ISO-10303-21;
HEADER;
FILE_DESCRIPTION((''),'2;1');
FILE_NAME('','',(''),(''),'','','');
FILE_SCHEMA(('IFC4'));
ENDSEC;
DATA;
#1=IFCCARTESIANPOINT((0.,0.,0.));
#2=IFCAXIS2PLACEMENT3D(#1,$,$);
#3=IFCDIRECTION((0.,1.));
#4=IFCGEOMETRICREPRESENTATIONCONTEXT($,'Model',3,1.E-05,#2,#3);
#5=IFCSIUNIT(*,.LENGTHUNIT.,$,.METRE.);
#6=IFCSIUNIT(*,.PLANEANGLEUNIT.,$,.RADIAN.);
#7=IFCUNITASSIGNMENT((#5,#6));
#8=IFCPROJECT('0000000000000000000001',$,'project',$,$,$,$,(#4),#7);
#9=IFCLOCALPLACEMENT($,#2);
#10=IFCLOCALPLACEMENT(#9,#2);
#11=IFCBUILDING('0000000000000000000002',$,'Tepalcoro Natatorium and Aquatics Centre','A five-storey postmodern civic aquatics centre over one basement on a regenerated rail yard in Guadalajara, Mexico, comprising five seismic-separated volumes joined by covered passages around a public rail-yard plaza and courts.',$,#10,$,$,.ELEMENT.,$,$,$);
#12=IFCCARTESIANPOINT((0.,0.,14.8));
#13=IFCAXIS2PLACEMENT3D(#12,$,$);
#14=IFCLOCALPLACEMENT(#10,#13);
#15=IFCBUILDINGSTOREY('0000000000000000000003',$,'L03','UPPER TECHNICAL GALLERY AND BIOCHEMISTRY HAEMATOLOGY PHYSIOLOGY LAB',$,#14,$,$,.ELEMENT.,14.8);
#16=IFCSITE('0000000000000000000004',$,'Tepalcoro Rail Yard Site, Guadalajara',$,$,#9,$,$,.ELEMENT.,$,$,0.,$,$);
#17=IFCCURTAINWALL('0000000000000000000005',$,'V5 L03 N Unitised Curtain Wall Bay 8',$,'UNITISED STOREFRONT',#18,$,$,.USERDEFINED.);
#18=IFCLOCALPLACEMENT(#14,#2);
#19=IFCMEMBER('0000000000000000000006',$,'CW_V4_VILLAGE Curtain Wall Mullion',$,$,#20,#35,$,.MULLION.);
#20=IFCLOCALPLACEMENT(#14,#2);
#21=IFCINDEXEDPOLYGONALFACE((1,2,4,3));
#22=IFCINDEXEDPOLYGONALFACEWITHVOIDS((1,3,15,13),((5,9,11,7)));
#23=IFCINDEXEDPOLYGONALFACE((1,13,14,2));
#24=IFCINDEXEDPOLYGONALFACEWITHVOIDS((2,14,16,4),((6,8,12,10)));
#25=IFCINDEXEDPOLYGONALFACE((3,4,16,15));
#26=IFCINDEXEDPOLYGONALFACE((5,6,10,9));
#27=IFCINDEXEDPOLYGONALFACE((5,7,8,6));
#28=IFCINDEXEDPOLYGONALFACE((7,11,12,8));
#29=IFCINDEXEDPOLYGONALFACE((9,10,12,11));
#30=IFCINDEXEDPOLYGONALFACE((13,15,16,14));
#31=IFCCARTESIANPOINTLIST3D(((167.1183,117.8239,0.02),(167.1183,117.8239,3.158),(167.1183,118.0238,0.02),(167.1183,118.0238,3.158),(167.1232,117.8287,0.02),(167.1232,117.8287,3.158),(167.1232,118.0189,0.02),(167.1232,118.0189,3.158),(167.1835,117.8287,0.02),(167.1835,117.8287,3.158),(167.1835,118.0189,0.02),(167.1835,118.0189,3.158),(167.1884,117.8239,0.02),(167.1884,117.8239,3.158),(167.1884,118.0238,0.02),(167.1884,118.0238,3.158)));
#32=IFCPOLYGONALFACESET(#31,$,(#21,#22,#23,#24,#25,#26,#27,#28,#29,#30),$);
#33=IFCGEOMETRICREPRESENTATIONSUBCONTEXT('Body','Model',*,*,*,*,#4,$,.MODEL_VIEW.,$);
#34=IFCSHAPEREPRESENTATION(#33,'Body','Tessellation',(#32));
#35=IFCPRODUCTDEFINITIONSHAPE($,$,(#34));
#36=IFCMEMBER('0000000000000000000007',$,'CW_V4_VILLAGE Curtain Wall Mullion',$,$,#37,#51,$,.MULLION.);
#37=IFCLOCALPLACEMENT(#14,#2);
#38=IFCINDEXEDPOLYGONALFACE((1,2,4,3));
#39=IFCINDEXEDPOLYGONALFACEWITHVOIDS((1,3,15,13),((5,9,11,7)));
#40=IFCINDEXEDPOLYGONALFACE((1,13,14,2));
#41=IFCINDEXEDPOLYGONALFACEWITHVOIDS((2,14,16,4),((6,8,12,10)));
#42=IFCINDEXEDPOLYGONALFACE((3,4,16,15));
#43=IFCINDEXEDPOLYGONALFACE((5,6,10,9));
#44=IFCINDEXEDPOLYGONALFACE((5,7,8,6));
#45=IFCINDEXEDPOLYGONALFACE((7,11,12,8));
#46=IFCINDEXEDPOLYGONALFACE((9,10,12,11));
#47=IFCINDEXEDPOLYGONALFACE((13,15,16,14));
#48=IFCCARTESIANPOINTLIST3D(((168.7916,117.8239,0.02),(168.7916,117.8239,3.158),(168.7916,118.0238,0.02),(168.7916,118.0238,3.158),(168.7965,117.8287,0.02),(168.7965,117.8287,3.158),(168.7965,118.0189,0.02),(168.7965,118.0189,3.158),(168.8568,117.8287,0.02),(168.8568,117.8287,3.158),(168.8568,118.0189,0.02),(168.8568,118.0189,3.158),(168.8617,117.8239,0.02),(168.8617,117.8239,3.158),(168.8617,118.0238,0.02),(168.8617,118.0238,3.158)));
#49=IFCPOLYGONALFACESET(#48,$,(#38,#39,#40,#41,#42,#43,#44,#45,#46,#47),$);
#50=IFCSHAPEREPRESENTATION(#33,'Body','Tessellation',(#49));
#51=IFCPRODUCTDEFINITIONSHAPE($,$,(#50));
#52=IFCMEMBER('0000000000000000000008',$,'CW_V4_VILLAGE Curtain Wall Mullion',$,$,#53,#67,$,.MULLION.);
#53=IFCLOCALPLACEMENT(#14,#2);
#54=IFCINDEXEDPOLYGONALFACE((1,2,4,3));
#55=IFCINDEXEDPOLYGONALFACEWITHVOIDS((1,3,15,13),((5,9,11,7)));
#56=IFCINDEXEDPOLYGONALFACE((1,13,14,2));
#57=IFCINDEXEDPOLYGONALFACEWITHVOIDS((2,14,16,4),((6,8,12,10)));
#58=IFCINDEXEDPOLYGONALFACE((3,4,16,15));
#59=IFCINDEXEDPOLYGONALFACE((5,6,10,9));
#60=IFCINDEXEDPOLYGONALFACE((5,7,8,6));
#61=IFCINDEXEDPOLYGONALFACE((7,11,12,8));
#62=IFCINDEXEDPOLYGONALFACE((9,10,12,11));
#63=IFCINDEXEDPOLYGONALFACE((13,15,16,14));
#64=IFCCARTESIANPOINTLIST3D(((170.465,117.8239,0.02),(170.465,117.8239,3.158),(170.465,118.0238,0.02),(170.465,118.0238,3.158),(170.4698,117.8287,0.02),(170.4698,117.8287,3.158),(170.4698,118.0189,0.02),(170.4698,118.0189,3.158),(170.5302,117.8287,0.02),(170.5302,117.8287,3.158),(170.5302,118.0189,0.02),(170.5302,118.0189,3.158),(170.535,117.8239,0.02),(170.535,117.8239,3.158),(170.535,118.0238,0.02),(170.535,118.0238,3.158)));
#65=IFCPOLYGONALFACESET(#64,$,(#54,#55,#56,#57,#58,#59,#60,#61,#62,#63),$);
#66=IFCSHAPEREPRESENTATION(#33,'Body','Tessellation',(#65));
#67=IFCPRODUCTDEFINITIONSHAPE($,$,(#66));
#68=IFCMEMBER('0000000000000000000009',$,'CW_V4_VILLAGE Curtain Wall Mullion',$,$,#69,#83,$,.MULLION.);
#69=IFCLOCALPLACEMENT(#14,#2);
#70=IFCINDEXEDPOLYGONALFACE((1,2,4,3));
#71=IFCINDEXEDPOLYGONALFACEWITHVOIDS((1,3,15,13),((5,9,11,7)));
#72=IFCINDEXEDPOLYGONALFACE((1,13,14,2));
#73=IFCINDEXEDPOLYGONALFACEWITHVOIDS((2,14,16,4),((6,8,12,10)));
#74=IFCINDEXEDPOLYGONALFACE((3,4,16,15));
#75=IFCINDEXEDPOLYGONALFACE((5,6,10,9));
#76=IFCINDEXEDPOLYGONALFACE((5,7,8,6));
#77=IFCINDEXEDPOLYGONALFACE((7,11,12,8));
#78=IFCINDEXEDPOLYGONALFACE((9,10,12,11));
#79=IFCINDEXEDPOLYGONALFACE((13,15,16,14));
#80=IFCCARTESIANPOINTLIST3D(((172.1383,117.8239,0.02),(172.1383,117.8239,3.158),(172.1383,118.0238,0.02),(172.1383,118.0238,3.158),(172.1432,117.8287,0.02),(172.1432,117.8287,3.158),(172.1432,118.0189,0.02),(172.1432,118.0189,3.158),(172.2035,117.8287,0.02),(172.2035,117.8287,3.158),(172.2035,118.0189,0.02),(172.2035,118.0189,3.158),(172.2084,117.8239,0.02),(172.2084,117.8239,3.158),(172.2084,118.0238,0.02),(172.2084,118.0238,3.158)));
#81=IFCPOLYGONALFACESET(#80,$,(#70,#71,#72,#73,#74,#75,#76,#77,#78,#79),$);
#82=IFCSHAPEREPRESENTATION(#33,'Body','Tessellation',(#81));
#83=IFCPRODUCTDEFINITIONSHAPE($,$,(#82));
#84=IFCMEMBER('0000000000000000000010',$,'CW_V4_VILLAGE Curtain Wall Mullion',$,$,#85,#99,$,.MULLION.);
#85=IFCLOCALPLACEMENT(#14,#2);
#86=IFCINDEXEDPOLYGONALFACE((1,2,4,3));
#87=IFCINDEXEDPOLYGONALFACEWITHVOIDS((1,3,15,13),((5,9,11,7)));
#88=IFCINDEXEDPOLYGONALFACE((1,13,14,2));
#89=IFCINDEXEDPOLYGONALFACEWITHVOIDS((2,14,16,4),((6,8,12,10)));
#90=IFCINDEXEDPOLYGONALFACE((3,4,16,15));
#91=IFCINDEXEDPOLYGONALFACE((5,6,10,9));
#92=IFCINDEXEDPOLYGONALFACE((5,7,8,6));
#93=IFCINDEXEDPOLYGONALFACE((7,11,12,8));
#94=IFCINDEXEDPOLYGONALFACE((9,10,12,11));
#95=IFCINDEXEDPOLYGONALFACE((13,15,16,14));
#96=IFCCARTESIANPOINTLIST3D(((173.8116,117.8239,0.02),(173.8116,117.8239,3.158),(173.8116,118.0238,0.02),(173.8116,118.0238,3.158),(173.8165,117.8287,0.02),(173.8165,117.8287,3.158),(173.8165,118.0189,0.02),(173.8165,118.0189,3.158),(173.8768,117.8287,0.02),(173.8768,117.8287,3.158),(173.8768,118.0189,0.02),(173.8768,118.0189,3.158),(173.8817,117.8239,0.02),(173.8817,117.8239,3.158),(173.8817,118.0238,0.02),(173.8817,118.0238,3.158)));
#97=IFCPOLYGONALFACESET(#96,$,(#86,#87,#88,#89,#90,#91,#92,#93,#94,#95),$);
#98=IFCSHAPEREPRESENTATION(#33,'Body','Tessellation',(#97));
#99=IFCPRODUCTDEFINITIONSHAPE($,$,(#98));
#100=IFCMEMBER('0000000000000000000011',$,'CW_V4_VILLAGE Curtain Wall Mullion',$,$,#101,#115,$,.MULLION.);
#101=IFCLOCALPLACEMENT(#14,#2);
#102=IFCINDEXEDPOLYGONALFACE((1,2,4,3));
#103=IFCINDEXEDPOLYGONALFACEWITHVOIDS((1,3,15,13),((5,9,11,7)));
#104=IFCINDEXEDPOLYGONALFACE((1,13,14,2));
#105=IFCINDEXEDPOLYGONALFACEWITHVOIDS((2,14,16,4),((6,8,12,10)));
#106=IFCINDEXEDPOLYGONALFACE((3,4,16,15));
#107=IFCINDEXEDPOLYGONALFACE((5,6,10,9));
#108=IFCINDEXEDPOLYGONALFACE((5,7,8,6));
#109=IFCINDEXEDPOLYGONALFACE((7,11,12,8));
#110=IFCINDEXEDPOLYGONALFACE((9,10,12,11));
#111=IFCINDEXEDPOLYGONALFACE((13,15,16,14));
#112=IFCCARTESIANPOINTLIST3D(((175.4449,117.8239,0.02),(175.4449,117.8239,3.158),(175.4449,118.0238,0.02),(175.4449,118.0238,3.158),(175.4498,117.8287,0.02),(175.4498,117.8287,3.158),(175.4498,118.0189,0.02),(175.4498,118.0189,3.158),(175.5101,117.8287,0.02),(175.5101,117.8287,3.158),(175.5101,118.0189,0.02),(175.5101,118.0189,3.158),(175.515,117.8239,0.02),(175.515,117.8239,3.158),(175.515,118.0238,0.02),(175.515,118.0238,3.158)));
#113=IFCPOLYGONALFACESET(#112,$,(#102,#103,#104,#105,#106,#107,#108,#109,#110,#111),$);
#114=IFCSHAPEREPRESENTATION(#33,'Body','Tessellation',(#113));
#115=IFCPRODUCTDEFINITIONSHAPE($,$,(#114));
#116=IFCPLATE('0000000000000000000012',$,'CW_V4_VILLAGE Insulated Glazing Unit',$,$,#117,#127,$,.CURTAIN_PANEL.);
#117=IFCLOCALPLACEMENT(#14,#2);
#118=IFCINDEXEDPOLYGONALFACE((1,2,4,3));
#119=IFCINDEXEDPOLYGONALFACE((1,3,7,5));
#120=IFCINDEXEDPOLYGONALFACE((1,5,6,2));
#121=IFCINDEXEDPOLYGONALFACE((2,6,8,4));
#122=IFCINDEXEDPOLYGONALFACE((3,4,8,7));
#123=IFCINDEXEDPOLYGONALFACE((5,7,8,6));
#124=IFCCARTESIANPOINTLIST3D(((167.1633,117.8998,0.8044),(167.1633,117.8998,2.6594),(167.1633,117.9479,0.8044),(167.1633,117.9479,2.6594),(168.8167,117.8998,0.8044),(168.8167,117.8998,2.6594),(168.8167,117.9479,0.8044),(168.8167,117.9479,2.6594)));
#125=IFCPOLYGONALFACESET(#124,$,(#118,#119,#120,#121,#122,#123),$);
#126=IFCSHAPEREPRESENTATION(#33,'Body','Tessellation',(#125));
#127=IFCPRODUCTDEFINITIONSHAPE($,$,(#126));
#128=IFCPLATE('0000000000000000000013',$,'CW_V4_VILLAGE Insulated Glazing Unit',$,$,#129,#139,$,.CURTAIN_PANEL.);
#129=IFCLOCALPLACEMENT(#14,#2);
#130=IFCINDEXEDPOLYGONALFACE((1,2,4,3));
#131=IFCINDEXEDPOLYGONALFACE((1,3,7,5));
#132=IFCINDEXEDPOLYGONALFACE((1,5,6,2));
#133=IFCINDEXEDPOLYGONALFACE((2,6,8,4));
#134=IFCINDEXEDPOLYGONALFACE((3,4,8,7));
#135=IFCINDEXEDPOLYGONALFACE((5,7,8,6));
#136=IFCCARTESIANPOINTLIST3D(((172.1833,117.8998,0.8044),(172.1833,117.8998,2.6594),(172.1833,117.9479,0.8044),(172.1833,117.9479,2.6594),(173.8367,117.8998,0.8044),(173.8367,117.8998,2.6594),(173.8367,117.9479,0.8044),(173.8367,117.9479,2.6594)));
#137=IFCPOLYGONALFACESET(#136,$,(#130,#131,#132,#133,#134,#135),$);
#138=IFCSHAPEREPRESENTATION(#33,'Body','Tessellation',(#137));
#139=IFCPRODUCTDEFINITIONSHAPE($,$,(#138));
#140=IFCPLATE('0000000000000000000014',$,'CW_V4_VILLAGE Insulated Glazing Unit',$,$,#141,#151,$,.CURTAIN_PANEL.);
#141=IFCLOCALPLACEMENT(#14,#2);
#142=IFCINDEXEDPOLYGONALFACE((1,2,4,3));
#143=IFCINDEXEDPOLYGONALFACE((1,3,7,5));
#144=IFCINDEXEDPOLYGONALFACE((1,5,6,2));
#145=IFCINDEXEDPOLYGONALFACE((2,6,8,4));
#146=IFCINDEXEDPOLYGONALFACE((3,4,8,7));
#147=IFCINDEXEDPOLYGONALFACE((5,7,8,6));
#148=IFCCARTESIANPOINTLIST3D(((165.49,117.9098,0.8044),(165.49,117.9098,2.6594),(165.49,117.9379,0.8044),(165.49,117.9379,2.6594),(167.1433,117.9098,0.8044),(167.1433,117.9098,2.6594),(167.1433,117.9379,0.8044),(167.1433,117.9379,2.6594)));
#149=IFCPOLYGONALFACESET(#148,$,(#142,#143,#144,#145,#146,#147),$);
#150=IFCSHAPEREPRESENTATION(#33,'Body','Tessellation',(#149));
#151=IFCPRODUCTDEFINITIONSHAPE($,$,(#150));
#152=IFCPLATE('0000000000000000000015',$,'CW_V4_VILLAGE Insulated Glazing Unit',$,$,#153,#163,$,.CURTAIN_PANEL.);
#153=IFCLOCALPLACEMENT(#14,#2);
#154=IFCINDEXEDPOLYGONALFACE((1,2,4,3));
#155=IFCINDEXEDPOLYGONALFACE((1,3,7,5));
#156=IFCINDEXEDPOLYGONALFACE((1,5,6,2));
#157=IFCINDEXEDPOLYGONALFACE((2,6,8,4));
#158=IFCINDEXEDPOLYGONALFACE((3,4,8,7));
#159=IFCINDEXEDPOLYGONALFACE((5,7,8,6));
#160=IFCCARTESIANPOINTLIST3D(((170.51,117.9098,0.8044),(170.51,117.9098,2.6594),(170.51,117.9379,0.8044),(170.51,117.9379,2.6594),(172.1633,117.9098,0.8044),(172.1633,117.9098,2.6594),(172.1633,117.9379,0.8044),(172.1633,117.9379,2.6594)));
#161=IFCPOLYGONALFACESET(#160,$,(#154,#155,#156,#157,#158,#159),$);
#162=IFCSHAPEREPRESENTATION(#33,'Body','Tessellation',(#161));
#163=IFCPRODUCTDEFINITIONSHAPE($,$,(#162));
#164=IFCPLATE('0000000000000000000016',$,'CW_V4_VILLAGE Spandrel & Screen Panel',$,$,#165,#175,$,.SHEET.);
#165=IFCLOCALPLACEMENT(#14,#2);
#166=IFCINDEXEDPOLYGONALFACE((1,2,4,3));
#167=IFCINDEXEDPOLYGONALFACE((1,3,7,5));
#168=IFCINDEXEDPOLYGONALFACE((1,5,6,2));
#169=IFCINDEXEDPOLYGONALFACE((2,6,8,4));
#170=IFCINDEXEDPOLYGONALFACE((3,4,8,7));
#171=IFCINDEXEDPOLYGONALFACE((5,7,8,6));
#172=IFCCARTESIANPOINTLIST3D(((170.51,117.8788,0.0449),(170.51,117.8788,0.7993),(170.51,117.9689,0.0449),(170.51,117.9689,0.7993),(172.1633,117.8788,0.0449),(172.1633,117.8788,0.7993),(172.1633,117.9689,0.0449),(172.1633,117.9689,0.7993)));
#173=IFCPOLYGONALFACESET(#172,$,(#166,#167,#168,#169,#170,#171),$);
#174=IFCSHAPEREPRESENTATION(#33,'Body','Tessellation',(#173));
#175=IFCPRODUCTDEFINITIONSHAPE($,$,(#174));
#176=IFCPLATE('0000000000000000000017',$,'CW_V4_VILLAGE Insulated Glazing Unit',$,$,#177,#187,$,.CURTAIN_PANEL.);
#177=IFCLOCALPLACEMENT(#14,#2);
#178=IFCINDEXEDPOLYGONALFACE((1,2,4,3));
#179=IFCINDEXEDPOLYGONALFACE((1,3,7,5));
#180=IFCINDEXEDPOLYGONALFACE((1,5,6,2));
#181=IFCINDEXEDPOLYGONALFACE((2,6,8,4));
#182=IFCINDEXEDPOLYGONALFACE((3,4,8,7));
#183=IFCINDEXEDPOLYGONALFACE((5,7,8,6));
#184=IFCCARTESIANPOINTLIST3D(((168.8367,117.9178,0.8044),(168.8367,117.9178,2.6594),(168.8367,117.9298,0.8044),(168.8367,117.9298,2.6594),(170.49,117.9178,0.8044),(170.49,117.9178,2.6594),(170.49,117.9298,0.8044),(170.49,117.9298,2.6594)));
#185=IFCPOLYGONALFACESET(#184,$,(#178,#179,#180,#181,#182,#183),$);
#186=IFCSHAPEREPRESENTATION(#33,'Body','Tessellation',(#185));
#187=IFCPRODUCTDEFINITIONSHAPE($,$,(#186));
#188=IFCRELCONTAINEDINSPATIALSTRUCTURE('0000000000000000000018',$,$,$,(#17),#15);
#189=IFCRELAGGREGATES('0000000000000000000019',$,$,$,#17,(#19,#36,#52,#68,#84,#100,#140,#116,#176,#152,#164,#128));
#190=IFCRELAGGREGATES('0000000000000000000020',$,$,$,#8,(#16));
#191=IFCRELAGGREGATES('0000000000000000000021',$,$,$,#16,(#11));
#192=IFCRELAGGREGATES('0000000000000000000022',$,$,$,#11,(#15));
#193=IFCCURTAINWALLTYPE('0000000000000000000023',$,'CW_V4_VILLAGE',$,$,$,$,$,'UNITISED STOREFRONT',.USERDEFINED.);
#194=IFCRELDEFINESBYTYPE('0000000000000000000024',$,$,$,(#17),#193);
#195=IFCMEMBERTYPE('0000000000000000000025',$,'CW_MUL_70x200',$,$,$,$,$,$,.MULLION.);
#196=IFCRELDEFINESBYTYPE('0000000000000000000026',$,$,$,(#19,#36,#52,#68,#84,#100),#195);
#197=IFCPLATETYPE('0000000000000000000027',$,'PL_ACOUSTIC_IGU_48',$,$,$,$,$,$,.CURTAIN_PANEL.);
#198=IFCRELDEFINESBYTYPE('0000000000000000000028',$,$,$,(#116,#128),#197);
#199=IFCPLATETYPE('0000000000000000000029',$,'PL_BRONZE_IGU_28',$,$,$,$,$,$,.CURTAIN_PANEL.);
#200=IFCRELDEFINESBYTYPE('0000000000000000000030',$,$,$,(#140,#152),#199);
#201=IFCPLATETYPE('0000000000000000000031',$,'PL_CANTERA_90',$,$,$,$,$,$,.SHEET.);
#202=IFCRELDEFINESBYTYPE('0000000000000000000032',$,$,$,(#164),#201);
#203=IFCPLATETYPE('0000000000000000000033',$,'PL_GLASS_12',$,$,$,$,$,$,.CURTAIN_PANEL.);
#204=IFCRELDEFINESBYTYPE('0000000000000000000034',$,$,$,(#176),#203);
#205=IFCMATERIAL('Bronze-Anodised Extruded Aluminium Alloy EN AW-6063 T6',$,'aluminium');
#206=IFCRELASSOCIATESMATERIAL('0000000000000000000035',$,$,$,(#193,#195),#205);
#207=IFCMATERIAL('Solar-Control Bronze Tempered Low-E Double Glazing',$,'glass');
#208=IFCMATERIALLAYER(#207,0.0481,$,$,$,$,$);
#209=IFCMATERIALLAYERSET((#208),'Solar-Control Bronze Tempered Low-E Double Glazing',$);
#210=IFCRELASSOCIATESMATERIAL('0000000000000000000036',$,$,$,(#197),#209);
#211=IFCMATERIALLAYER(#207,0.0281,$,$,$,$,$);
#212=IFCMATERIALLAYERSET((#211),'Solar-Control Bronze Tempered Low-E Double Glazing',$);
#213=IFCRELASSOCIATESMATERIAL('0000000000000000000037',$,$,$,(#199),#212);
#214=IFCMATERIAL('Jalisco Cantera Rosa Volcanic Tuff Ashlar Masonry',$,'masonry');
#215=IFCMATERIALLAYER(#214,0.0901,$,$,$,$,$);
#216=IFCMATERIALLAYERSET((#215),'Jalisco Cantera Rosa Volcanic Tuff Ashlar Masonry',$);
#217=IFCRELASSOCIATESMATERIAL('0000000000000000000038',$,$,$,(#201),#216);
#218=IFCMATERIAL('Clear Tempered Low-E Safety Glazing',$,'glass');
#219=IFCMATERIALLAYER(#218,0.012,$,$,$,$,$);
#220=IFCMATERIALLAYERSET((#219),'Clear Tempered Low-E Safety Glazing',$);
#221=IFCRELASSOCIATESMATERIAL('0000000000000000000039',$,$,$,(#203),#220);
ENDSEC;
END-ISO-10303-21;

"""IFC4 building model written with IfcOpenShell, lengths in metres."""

from ifc_helpers import new_model, si_unit, direction, frame, origin, origin_2d, place, context, subcontext, project, spatial, rectangle, hollow_rectangle, extrude, material, layer, layer_set, material_profile, profile_set, type_object, element, aggregate, save


model = new_model("IFC4")

# Units and contexts
model_context = context("Model", 3, precision=1e-05, world=origin(), true_north=direction((0.0, 1.0)))
body_context = subcontext(model_context, "Body", "Model", "MODEL_VIEW")
ifc_project = project(units=[si_unit("LENGTHUNIT", "METRE"), si_unit("PLANEANGLEUNIT", "RADIAN")], contexts=[model_context])

# Site, building, storey
site_placement = place(None, origin())
site = spatial("IfcSite", under=ifc_project, at=site_placement, Name="Tepalcoro Rail Yard Site, Guadalajara", CompositionType="ELEMENT", RefElevation=0.0)
building_placement = place(site_placement, origin())
building = spatial("IfcBuilding", under=site, at=building_placement, Name="Tepalcoro Natatorium and Aquatics Centre", Description="A five-storey postmodern civic aquatics centre over one basement on a regenerated rail yard in Guadalajara, Mexico, comprising five seismic-separated volumes joined by covered passages around a public rail-yard plaza and courts.", CompositionType="ELEMENT")
storey_placement = place(building_placement, frame((0.0, 0.0, 14.8)))
storey = spatial("IfcBuildingStorey", under=building, at=storey_placement, Name="L03", Description="UPPER TECHNICAL GALLERY AND BIOCHEMISTRY HAEMATOLOGY PHYSIOLOGY LAB", CompositionType="ELEMENT", Elevation=14.8)

# Curtain wall, members, plates
ifc_material_1 = material(Name="Bronze-Anodised Extruded Aluminium Alloy EN AW-6063 T6", Category="aluminium")
curtain_wall_type = type_object("IfcCurtainWallType", Name="CW_V4_VILLAGE", ElementType="UNITISED STOREFRONT", PredefinedType="USERDEFINED", material=ifc_material_1)
curtain_wall_placement = place(storey_placement, origin())
curtain_wall = element("IfcCurtainWall", 1, at=curtain_wall_placement, inside=storey, type_object=curtain_wall_type, Name="V5 L03 N Unitised Curtain Wall Bay 8", ObjectType="UNITISED STOREFRONT", PredefinedType="USERDEFINED")
ifc_material_profile = material_profile(ifc_material_1, hollow_rectangle(XDim=0.0701, YDim=0.2, WallThickness=0.0049, at=origin_2d()), Name="AL70X200X5")
ifc_profile_set = profile_set([ifc_material_profile], Name="Bronze-Anodised Extruded Aluminium Alloy EN AW-6063 T6")
member_type = type_object("IfcMemberType", Name="CW_MUL_70x200", PredefinedType="MULLION", material=ifc_profile_set)
member_1_placement = place(storey_placement, frame((167.1533, 117.9238, 0.02), z_axis=(0.0, 0.0, 1.0), x_axis=(1.0, 0.0, 0.0)))
member_1 = element("IfcMember", 2, at=member_1_placement, type_object=member_type, Name="CW_V4_VILLAGE Curtain Wall Mullion", PredefinedType="MULLION", context=body_context, shape_type="SweptSolid", body=[
    extrude(hollow_rectangle(XDim=0.0701, YDim=0.2, WallThickness=0.0049, at=origin_2d()), origin(), (0.0, 0.0, 1.0), 3.1379),
])
member_2_placement = place(storey_placement, frame((168.8267, 117.9238, 0.02), z_axis=(0.0, 0.0, 1.0), x_axis=(1.0, 0.0, 0.0)))
member_2 = element("IfcMember", 3, at=member_2_placement, type_object=member_type, Name="CW_V4_VILLAGE Curtain Wall Mullion", PredefinedType="MULLION", context=body_context, shape_type="SweptSolid", body=[
    extrude(hollow_rectangle(XDim=0.0701, YDim=0.2, WallThickness=0.0049, at=origin_2d()), origin(), (0.0, 0.0, 1.0), 3.1379),
])
member_3_placement = place(storey_placement, frame((170.5, 117.9238, 0.02), z_axis=(0.0, 0.0, 1.0), x_axis=(1.0, 0.0, 0.0)))
member_3 = element("IfcMember", 4, at=member_3_placement, type_object=member_type, Name="CW_V4_VILLAGE Curtain Wall Mullion", PredefinedType="MULLION", context=body_context, shape_type="SweptSolid", body=[
    extrude(hollow_rectangle(XDim=0.0701, YDim=0.2, WallThickness=0.0049, at=origin_2d()), origin(), (0.0, 0.0, 1.0), 3.1379),
])
member_4_placement = place(storey_placement, frame((172.1733, 117.9238, 0.02), z_axis=(0.0, 0.0, 1.0), x_axis=(1.0, 0.0, 0.0)))
member_4 = element("IfcMember", 5, at=member_4_placement, type_object=member_type, Name="CW_V4_VILLAGE Curtain Wall Mullion", PredefinedType="MULLION", context=body_context, shape_type="SweptSolid", body=[
    extrude(hollow_rectangle(XDim=0.0701, YDim=0.2, WallThickness=0.0049, at=origin_2d()), origin(), (0.0, 0.0, 1.0), 3.1379),
])
member_5_placement = place(storey_placement, frame((173.8467, 117.9238, 0.02), z_axis=(0.0, 0.0, 1.0), x_axis=(1.0, 0.0, 0.0)))
member_5 = element("IfcMember", 6, at=member_5_placement, type_object=member_type, Name="CW_V4_VILLAGE Curtain Wall Mullion", PredefinedType="MULLION", context=body_context, shape_type="SweptSolid", body=[
    extrude(hollow_rectangle(XDim=0.0701, YDim=0.2, WallThickness=0.0049, at=origin_2d()), origin(), (0.0, 0.0, 1.0), 3.1379),
])
member_6_placement = place(storey_placement, frame((175.48, 117.9238, 0.02), z_axis=(0.0, 0.0, 1.0), x_axis=(1.0, 0.0, 0.0)))
member_6 = element("IfcMember", 7, at=member_6_placement, type_object=member_type, Name="CW_V4_VILLAGE Curtain Wall Mullion", PredefinedType="MULLION", context=body_context, shape_type="SweptSolid", body=[
    extrude(hollow_rectangle(XDim=0.0701, YDim=0.2, WallThickness=0.0049, at=origin_2d()), origin(), (0.0, 0.0, 1.0), 3.1379),
])
ifc_material_2 = material(Name="Solar-Control Bronze Tempered Low-E Double Glazing", Category="glass")
ifc_layer_1 = layer(ifc_material_2, 0.0481)
ifc_layer_set_1 = layer_set([ifc_layer_1], Name="Solar-Control Bronze Tempered Low-E Double Glazing")
plate_type_1 = type_object("IfcPlateType", Name="PL_ACOUSTIC_IGU_48", PredefinedType="CURTAIN_PANEL", material=ifc_layer_set_1)
plate_1_placement = place(storey_placement, frame((167.99, 117.9238, 0.8044), z_axis=(0.0, 0.0, 1.0), x_axis=(1.0, 0.0, 0.0)))
plate_1 = element("IfcPlate", 8, at=plate_1_placement, type_object=plate_type_1, Name="CW_V4_VILLAGE Insulated Glazing Unit", PredefinedType="CURTAIN_PANEL", context=body_context, shape_type="SweptSolid", body=[
    extrude(rectangle(XDim=1.6533, YDim=0.0481, at=origin_2d()), origin(), (0.0, 0.0, 1.0), 1.855),
])
plate_2_placement = place(storey_placement, frame((173.01, 117.9238, 0.8044), z_axis=(0.0, 0.0, 1.0), x_axis=(1.0, 0.0, 0.0)))
plate_2 = element("IfcPlate", 9, at=plate_2_placement, type_object=plate_type_1, Name="CW_V4_VILLAGE Insulated Glazing Unit", PredefinedType="CURTAIN_PANEL", context=body_context, shape_type="SweptSolid", body=[
    extrude(rectangle(XDim=1.6533, YDim=0.0481, at=origin_2d()), origin(), (0.0, 0.0, 1.0), 1.855),
])
ifc_layer_2 = layer(ifc_material_2, 0.0281)
ifc_layer_set_2 = layer_set([ifc_layer_2], Name="Solar-Control Bronze Tempered Low-E Double Glazing")
plate_type_2 = type_object("IfcPlateType", Name="PL_BRONZE_IGU_28", PredefinedType="CURTAIN_PANEL", material=ifc_layer_set_2)
plate_3_placement = place(storey_placement, frame((166.3167, 117.9238, 0.8044), z_axis=(0.0, 0.0, 1.0), x_axis=(1.0, 0.0, 0.0)))
plate_3 = element("IfcPlate", 10, at=plate_3_placement, type_object=plate_type_2, Name="CW_V4_VILLAGE Insulated Glazing Unit", PredefinedType="CURTAIN_PANEL", context=body_context, shape_type="SweptSolid", body=[
    extrude(rectangle(XDim=1.6533, YDim=0.0281, at=origin_2d()), origin(), (0.0, 0.0, 1.0), 1.855),
])
plate_4_placement = place(storey_placement, frame((171.3367, 117.9238, 0.8044), z_axis=(0.0, 0.0, 1.0), x_axis=(1.0, 0.0, 0.0)))
plate_4 = element("IfcPlate", 11, at=plate_4_placement, type_object=plate_type_2, Name="CW_V4_VILLAGE Insulated Glazing Unit", PredefinedType="CURTAIN_PANEL", context=body_context, shape_type="SweptSolid", body=[
    extrude(rectangle(XDim=1.6533, YDim=0.0281, at=origin_2d()), origin(), (0.0, 0.0, 1.0), 1.855),
])
ifc_material_3 = material(Name="Jalisco Cantera Rosa Volcanic Tuff Ashlar Masonry", Category="masonry")
ifc_layer_3 = layer(ifc_material_3, 0.0901)
ifc_layer_set_3 = layer_set([ifc_layer_3], Name="Jalisco Cantera Rosa Volcanic Tuff Ashlar Masonry")
plate_type_3 = type_object("IfcPlateType", Name="PL_CANTERA_90", PredefinedType="SHEET", material=ifc_layer_set_3)
plate_5_placement = place(storey_placement, frame((171.3367, 117.9238, 0.0449), z_axis=(0.0, 0.0, 1.0), x_axis=(1.0, 0.0, 0.0)))
plate_5 = element("IfcPlate", 12, at=plate_5_placement, type_object=plate_type_3, Name="CW_V4_VILLAGE Spandrel & Screen Panel", PredefinedType="SHEET", context=body_context, shape_type="SweptSolid", body=[
    extrude(rectangle(XDim=1.6533, YDim=0.0901, at=origin_2d()), origin(), (0.0, 0.0, 1.0), 0.7544),
])
ifc_material_4 = material(Name="Clear Tempered Low-E Safety Glazing", Category="glass")
ifc_layer_4 = layer(ifc_material_4, 0.012)
ifc_layer_set_4 = layer_set([ifc_layer_4], Name="Clear Tempered Low-E Safety Glazing")
plate_type_4 = type_object("IfcPlateType", Name="PL_GLASS_12", PredefinedType="CURTAIN_PANEL", material=ifc_layer_set_4)
plate_6_placement = place(storey_placement, frame((169.6633, 117.9238, 0.8044), z_axis=(0.0, 0.0, 1.0), x_axis=(1.0, 0.0, 0.0)))
plate_6 = element("IfcPlate", 13, at=plate_6_placement, type_object=plate_type_4, Name="CW_V4_VILLAGE Insulated Glazing Unit", PredefinedType="CURTAIN_PANEL", context=body_context, shape_type="SweptSolid", body=[
    extrude(rectangle(XDim=1.6533, YDim=0.012, at=origin_2d()), origin(), (0.0, 0.0, 1.0), 1.855),
])
aggregate(curtain_wall, [member_1, member_2, member_3, member_4, member_5, member_6, plate_3, plate_1, plate_6, plate_4, plate_5, plate_2])

save(model, "model.ifc")
